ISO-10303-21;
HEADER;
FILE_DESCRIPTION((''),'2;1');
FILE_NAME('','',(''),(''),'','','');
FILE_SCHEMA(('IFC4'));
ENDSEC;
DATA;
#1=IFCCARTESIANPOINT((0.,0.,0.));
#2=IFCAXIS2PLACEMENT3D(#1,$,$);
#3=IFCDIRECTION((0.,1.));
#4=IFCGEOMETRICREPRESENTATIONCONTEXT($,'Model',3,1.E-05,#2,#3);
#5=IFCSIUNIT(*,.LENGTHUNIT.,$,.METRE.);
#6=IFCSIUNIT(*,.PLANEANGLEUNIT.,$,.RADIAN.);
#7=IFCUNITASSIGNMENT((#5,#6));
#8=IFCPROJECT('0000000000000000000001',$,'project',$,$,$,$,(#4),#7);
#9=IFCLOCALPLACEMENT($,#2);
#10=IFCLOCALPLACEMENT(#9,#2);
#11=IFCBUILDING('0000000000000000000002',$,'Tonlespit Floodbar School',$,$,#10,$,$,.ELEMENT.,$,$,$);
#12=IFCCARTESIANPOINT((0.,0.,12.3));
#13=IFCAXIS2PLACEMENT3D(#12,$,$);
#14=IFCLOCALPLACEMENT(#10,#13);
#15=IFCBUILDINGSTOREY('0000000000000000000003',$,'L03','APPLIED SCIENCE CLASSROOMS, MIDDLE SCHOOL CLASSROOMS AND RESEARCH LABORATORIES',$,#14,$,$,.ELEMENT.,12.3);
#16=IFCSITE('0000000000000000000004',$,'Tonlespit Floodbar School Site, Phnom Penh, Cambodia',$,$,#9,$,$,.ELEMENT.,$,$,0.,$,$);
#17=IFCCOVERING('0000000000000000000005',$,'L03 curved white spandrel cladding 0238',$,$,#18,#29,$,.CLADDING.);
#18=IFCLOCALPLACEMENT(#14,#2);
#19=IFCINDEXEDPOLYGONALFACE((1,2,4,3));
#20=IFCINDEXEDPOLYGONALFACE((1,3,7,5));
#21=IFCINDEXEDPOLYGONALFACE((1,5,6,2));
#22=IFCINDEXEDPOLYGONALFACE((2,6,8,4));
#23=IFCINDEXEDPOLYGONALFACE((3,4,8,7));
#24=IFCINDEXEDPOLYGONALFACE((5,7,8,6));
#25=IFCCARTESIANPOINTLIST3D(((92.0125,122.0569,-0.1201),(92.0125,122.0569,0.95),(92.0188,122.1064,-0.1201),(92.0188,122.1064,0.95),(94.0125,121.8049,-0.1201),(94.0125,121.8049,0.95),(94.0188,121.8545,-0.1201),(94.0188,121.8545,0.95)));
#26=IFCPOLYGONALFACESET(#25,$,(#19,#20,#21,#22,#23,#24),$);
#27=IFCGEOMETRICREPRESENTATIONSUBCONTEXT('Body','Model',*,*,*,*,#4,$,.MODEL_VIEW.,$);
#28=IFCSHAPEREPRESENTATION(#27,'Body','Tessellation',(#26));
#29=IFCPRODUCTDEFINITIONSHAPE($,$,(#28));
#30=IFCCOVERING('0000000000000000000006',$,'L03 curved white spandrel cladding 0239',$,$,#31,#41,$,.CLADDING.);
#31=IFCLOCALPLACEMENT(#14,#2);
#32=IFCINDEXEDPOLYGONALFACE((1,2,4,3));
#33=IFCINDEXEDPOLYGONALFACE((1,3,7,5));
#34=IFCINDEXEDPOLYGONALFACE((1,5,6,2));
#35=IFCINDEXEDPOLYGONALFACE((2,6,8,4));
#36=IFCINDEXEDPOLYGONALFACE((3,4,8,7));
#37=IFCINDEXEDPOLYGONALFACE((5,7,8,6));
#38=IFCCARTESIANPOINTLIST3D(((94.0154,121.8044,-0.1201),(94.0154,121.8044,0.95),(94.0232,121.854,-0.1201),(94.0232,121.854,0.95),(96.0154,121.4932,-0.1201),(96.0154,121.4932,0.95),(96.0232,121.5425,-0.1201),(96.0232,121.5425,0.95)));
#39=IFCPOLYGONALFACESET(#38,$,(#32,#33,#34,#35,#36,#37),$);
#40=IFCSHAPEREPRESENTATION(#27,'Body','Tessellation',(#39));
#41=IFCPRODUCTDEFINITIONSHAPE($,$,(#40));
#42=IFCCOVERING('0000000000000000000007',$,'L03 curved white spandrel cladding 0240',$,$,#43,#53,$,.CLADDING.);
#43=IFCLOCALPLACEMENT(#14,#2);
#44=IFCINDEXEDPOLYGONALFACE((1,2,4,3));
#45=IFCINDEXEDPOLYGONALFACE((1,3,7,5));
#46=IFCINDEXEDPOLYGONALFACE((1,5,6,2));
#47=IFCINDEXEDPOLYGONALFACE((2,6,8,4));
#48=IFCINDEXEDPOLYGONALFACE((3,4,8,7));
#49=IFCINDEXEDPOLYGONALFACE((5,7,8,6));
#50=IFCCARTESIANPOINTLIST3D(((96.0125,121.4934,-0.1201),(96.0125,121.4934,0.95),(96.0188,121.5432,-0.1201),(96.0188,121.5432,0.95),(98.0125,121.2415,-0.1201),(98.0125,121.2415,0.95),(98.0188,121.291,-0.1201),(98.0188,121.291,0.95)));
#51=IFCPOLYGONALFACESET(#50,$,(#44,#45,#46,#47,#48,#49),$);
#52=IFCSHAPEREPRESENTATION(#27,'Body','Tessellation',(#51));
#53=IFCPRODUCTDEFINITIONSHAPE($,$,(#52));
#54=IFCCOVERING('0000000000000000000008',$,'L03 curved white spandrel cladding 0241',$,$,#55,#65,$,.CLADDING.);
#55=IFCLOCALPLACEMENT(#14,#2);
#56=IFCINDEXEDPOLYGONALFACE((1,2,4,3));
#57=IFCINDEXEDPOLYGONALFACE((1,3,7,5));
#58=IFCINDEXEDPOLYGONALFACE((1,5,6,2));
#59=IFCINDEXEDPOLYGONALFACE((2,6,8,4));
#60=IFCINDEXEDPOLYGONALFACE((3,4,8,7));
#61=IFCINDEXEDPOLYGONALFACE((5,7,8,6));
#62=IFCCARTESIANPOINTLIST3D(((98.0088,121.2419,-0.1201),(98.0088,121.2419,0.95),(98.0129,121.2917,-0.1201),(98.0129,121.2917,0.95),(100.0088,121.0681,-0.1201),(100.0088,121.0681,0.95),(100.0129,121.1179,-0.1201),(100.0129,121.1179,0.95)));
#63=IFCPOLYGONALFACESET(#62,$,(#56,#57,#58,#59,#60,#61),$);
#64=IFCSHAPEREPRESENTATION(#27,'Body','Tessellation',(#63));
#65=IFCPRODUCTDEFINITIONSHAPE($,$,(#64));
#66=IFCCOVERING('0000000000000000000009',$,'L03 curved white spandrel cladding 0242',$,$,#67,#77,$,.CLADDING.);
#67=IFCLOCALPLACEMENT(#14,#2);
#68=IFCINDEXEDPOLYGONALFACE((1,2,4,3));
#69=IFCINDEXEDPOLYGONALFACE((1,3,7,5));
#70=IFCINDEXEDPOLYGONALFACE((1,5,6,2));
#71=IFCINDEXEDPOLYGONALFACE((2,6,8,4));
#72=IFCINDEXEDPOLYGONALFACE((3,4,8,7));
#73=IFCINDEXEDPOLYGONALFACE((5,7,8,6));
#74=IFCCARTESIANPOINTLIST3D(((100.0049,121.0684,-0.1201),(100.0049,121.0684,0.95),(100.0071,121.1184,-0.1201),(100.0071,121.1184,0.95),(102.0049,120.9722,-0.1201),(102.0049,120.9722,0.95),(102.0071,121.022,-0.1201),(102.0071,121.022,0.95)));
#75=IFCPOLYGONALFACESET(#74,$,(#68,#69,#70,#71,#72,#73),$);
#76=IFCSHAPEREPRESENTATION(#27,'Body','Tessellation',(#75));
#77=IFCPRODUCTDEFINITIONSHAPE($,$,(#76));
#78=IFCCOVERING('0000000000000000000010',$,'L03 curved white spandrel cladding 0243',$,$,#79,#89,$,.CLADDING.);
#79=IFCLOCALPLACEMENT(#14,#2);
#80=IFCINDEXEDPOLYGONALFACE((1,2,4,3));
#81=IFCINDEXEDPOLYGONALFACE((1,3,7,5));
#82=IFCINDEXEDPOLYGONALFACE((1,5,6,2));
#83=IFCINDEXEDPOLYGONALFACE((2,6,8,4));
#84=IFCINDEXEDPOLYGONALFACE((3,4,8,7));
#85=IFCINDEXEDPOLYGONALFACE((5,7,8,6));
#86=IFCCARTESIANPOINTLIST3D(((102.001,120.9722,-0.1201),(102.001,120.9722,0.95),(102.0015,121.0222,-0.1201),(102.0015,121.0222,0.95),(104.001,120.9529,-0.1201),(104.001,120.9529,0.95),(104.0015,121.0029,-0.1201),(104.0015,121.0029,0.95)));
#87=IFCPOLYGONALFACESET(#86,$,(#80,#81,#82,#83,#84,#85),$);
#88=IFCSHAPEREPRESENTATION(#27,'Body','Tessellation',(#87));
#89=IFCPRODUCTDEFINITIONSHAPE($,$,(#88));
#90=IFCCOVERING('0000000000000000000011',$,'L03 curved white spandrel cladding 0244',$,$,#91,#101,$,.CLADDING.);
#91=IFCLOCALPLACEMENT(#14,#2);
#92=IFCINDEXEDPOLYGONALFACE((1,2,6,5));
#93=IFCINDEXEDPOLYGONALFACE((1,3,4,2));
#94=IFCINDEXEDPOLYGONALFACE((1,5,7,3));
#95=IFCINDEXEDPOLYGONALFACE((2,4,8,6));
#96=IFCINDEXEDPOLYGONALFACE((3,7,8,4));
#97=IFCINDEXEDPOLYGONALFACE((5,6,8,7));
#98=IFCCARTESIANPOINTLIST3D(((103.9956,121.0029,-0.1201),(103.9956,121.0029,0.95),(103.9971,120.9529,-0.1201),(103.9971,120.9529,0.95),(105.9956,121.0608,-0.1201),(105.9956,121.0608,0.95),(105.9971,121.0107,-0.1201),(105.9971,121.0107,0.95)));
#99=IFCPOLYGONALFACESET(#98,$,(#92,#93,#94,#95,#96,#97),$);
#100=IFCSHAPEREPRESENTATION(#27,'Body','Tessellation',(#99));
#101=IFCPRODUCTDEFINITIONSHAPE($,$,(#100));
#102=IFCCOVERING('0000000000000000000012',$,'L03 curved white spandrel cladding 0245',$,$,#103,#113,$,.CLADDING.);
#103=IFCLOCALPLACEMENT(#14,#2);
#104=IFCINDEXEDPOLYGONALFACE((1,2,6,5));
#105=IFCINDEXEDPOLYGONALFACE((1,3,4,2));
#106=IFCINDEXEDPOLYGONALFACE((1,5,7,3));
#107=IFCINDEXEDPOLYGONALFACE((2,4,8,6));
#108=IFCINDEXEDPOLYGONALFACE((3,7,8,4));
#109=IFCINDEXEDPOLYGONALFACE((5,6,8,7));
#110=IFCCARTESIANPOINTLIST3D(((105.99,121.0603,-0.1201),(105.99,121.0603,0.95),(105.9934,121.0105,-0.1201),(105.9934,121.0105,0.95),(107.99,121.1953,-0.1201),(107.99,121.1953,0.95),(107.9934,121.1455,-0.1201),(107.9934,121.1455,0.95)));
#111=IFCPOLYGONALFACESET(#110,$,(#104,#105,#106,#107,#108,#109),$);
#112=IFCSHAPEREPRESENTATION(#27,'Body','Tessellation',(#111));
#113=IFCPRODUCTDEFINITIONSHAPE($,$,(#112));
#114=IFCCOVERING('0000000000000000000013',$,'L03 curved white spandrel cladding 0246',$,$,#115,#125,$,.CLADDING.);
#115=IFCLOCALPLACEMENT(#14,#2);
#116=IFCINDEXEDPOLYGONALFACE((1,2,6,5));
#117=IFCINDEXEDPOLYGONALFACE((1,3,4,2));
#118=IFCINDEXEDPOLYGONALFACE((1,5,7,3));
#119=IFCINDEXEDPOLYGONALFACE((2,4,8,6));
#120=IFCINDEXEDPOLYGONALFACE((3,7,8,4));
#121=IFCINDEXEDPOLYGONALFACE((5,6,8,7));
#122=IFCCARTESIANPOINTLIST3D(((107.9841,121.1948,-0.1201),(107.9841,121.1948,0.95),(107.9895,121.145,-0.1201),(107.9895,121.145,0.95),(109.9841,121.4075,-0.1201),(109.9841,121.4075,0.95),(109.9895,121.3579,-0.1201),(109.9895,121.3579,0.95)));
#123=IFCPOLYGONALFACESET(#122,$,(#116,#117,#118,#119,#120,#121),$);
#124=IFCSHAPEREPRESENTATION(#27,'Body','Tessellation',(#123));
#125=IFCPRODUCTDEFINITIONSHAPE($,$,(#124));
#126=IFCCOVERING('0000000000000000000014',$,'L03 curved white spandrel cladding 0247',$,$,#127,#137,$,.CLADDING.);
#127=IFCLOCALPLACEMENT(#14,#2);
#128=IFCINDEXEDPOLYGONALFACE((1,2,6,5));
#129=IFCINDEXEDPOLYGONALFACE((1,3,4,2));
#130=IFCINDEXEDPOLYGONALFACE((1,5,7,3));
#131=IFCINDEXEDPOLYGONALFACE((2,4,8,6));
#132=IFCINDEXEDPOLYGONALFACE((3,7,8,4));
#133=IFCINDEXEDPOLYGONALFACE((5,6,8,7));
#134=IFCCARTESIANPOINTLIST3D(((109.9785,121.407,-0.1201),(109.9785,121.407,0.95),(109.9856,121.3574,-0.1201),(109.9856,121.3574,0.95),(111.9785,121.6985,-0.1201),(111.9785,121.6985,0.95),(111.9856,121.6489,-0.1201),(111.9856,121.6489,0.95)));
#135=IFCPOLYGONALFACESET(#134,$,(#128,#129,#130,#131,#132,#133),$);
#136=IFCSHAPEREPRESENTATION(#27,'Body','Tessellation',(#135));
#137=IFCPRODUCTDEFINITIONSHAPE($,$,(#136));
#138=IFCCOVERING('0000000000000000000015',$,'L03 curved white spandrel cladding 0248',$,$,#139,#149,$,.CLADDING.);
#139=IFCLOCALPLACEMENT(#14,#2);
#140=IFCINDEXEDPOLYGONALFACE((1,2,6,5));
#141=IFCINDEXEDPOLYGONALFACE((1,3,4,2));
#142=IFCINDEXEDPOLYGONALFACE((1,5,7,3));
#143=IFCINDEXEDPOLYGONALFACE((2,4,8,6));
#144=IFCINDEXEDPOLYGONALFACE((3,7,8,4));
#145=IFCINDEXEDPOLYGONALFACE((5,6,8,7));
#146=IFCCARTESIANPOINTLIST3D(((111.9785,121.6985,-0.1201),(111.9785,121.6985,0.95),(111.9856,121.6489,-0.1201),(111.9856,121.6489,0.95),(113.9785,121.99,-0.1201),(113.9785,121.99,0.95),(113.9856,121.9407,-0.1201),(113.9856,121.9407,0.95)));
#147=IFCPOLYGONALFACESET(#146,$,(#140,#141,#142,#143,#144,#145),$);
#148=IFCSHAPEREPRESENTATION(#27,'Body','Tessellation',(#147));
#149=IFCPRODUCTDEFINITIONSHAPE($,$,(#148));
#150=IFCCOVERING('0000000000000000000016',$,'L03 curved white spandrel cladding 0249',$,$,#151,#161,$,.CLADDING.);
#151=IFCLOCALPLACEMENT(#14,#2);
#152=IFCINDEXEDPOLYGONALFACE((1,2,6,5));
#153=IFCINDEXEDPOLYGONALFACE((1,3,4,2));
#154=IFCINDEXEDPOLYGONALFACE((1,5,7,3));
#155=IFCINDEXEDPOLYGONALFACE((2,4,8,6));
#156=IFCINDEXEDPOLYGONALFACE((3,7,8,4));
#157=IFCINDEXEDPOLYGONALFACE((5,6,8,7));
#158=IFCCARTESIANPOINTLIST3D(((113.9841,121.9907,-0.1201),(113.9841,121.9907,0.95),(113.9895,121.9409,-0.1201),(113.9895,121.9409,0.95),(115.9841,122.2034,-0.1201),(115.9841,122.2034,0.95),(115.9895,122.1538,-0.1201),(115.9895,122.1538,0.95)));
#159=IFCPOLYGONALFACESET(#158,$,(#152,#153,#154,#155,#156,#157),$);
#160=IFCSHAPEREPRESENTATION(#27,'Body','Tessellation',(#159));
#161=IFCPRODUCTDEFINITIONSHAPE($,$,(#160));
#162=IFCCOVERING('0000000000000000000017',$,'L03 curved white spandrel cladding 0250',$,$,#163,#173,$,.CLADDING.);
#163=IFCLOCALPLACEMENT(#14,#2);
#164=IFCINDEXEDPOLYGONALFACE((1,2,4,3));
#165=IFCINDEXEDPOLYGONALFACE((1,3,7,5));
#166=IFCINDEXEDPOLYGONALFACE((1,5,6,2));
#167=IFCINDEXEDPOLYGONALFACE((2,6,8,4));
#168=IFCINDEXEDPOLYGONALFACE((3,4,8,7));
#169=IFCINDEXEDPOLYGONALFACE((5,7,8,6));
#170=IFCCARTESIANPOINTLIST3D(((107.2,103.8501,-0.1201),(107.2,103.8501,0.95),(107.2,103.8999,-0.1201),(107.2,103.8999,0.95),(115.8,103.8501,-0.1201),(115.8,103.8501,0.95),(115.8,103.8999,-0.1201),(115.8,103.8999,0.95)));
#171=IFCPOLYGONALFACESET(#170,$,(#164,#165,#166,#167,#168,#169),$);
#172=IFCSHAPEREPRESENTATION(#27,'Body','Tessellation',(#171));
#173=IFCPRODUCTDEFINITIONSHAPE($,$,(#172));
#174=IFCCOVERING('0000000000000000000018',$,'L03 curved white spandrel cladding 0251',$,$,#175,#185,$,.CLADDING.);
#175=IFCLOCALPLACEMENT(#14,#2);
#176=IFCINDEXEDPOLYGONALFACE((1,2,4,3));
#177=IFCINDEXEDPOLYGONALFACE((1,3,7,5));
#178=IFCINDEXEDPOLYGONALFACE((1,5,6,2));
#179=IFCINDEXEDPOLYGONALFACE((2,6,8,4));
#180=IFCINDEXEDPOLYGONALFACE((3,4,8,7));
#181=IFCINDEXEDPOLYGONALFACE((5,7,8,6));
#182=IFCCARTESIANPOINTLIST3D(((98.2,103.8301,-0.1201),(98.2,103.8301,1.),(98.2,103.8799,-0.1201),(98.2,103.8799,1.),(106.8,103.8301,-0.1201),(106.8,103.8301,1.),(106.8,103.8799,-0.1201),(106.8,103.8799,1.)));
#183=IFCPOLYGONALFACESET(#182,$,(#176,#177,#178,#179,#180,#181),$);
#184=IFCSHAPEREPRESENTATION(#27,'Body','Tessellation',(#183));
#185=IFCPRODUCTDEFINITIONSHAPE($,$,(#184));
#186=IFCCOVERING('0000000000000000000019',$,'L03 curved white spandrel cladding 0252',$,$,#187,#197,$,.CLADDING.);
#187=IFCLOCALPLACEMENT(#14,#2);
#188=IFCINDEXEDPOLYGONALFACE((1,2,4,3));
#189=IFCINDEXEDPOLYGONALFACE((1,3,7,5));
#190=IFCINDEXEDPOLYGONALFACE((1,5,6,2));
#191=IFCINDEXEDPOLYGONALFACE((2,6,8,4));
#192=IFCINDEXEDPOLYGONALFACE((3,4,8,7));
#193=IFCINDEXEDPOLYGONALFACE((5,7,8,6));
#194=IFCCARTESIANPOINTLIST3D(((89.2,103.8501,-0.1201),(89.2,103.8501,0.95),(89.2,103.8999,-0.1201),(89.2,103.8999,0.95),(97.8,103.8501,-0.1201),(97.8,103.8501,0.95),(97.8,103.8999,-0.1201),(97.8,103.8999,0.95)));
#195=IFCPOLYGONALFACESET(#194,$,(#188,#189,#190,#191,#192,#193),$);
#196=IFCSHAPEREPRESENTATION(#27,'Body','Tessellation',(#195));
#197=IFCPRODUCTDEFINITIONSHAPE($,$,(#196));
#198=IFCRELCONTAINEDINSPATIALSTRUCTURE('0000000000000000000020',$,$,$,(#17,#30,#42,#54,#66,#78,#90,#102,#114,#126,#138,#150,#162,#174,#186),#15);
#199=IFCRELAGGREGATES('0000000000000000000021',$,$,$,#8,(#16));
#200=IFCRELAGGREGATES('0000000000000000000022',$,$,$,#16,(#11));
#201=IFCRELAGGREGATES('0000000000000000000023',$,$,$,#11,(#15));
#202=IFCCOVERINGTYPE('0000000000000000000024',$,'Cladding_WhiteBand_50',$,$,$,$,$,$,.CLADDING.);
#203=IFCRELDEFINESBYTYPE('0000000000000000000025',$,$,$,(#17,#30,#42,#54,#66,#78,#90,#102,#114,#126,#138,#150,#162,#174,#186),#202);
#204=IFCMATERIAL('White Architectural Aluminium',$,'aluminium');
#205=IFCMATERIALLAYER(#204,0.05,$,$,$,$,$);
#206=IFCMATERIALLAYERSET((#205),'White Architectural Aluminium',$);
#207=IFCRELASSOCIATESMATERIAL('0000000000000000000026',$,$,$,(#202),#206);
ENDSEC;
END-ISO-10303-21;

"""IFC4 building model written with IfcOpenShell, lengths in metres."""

from ifc_helpers import new_model, si_unit, direction, frame, origin, place, context, subcontext, project, spatial, polyline, outline, extrude, material, layer, layer_set, type_object, element, save


model = new_model("IFC4")

# Units and contexts
model_context = context("Model", 3, precision=1e-05, world=origin(), true_north=direction((0.0, 1.0)))
body_context = subcontext(model_context, "Body", "Model", "MODEL_VIEW")
ifc_project = project(units=[si_unit("LENGTHUNIT", "METRE"), si_unit("PLANEANGLEUNIT", "RADIAN")], contexts=[model_context])

# Site, building, storey
site_placement = place(None, origin())
site = spatial("IfcSite", under=ifc_project, at=site_placement, Name="Tonlespit Floodbar School Site, Phnom Penh, Cambodia", CompositionType="ELEMENT", RefElevation=0.0)
building_placement = place(site_placement, origin())
building = spatial("IfcBuilding", under=site, at=building_placement, Name="Tonlespit Floodbar School", CompositionType="ELEMENT")
storey_placement = place(building_placement, frame((0.0, 0.0, 12.3)))
storey = spatial("IfcBuildingStorey", under=building, at=storey_placement, Name="L03", Description="APPLIED SCIENCE CLASSROOMS, MIDDLE SCHOOL CLASSROOMS AND RESEARCH LABORATORIES", CompositionType="ELEMENT", Elevation=12.3)

# Coverings
ifc_material = material(Name="White Architectural Aluminium", Category="aluminium")
ifc_layer = layer(ifc_material, 0.05)
ifc_layer_set = layer_set([ifc_layer], Name="White Architectural Aluminium")
covering_type = type_object("IfcCoveringType", Name="Cladding_WhiteBand_50", PredefinedType="CLADDING", material=ifc_layer_set)
covering_1_placement = place(storey_placement, frame((0.0, 0.0, -0.1201)))
element("IfcCovering", 1, at=covering_1_placement, inside=storey, type_object=covering_type, Name="L03 curved white spandrel cladding 0238", PredefinedType="CLADDING", context=body_context, shape_type="SweptSolid", body=[
    extrude(outline(polyline([(92.0125, 122.0569), (94.0125, 121.8049), (94.0188, 121.8545), (92.0188, 122.1064), (92.0125, 122.0569)])), origin(), (0.0, 0.0, 1.0), 1.0701),
])
covering_2_placement = place(storey_placement, frame((0.0, 0.0, -0.1201)))
element("IfcCovering", 2, at=covering_2_placement, inside=storey, type_object=covering_type, Name="L03 curved white spandrel cladding 0239", PredefinedType="CLADDING", context=body_context, shape_type="SweptSolid", body=[
    extrude(outline(polyline([(94.0154, 121.8044), (96.0154, 121.4932), (96.0232, 121.5425), (94.0232, 121.854), (94.0154, 121.8044)])), origin(), (0.0, 0.0, 1.0), 1.0701),
])
covering_3_placement = place(storey_placement, frame((0.0, 0.0, -0.1201)))
element("IfcCovering", 3, at=covering_3_placement, inside=storey, type_object=covering_type, Name="L03 curved white spandrel cladding 0240", PredefinedType="CLADDING", context=body_context, shape_type="SweptSolid", body=[
    extrude(outline(polyline([(96.0125, 121.4934), (98.0125, 121.2415), (98.0188, 121.291), (96.0188, 121.5432), (96.0125, 121.4934)])), origin(), (0.0, 0.0, 1.0), 1.0701),
])
covering_4_placement = place(storey_placement, frame((0.0, 0.0, -0.1201)))
element("IfcCovering", 4, at=covering_4_placement, inside=storey, type_object=covering_type, Name="L03 curved white spandrel cladding 0241", PredefinedType="CLADDING", context=body_context, shape_type="SweptSolid", body=[
    extrude(outline(polyline([(98.0088, 121.2419), (100.0088, 121.0681), (100.0129, 121.1179), (98.0129, 121.2917), (98.0088, 121.2419)])), origin(), (0.0, 0.0, 1.0), 1.0701),
])
covering_5_placement = place(storey_placement, frame((0.0, 0.0, -0.1201)))
element("IfcCovering", 5, at=covering_5_placement, inside=storey, type_object=covering_type, Name="L03 curved white spandrel cladding 0242", PredefinedType="CLADDING", context=body_context, shape_type="SweptSolid", body=[
    extrude(outline(polyline([(100.0049, 121.0684), (102.0049, 120.9722), (102.0071, 121.022), (100.0071, 121.1184), (100.0049, 121.0684)])), origin(), (0.0, 0.0, 1.0), 1.0701),
])
covering_6_placement = place(storey_placement, frame((0.0, 0.0, -0.1201)))
element("IfcCovering", 6, at=covering_6_placement, inside=storey, type_object=covering_type, Name="L03 curved white spandrel cladding 0243", PredefinedType="CLADDING", context=body_context, shape_type="SweptSolid", body=[
    extrude(outline(polyline([(102.001, 120.9722), (104.001, 120.9529), (104.0015, 121.0029), (102.0015, 121.0222), (102.001, 120.9722)])), origin(), (0.0, 0.0, 1.0), 1.0701),
])
covering_7_placement = place(storey_placement, frame((0.0, 0.0, -0.1201)))
element("IfcCovering", 7, at=covering_7_placement, inside=storey, type_object=covering_type, Name="L03 curved white spandrel cladding 0244", PredefinedType="CLADDING", context=body_context, shape_type="SweptSolid", body=[
    extrude(outline(polyline([(103.9971, 120.9529), (105.9971, 121.0107), (105.9956, 121.0608), (103.9956, 121.0029), (103.9971, 120.9529)])), origin(), (0.0, 0.0, 1.0), 1.0701),
])
covering_8_placement = place(storey_placement, frame((0.0, 0.0, -0.1201)))
element("IfcCovering", 8, at=covering_8_placement, inside=storey, type_object=covering_type, Name="L03 curved white spandrel cladding 0245", PredefinedType="CLADDING", context=body_context, shape_type="SweptSolid", body=[
    extrude(outline(polyline([(105.9934, 121.0105), (107.9934, 121.1455), (107.99, 121.1953), (105.99, 121.0603), (105.9934, 121.0105)])), origin(), (0.0, 0.0, 1.0), 1.0701),
])
covering_9_placement = place(storey_placement, frame((0.0, 0.0, -0.1201)))
element("IfcCovering", 9, at=covering_9_placement, inside=storey, type_object=covering_type, Name="L03 curved white spandrel cladding 0246", PredefinedType="CLADDING", context=body_context, shape_type="SweptSolid", body=[
    extrude(outline(polyline([(107.9895, 121.145), (109.9895, 121.3579), (109.9841, 121.4075), (107.9841, 121.1948), (107.9895, 121.145)])), origin(), (0.0, 0.0, 1.0), 1.0701),
])
covering_10_placement = place(storey_placement, frame((0.0, 0.0, -0.1201)))
element("IfcCovering", 10, at=covering_10_placement, inside=storey, type_object=covering_type, Name="L03 curved white spandrel cladding 0247", PredefinedType="CLADDING", context=body_context, shape_type="SweptSolid", body=[
    extrude(outline(polyline([(109.9856, 121.3574), (111.9856, 121.6489), (111.9785, 121.6985), (109.9785, 121.407), (109.9856, 121.3574)])), origin(), (0.0, 0.0, 1.0), 1.0701),
])
covering_11_placement = place(storey_placement, frame((0.0, 0.0, -0.1201)))
element("IfcCovering", 11, at=covering_11_placement, inside=storey, type_object=covering_type, Name="L03 curved white spandrel cladding 0248", PredefinedType="CLADDING", context=body_context, shape_type="SweptSolid", body=[
    extrude(outline(polyline([(111.9856, 121.6489), (113.9856, 121.9407), (113.9785, 121.99), (111.9785, 121.6985), (111.9856, 121.6489)])), origin(), (0.0, 0.0, 1.0), 1.0701),
])
covering_12_placement = place(storey_placement, frame((0.0, 0.0, -0.1201)))
element("IfcCovering", 12, at=covering_12_placement, inside=storey, type_object=covering_type, Name="L03 curved white spandrel cladding 0249", PredefinedType="CLADDING", context=body_context, shape_type="SweptSolid", body=[
    extrude(outline(polyline([(113.9895, 121.9409), (115.9895, 122.1538), (115.9841, 122.2034), (113.9841, 121.9907), (113.9895, 121.9409)])), origin(), (0.0, 0.0, 1.0), 1.0701),
])
covering_13_placement = place(storey_placement, frame((0.0, 0.0, -0.1201)))
element("IfcCovering", 13, at=covering_13_placement, inside=storey, type_object=covering_type, Name="L03 curved white spandrel cladding 0250", PredefinedType="CLADDING", context=body_context, shape_type="SweptSolid", body=[
    extrude(outline(polyline([(115.8, 103.8999), (107.2, 103.8999), (107.2, 103.8501), (115.8, 103.8501), (115.8, 103.8999)])), origin(), (0.0, 0.0, 1.0), 1.0701),
])
covering_14_placement = place(storey_placement, frame((0.0, 0.0, -0.1201)))
element("IfcCovering", 14, at=covering_14_placement, inside=storey, type_object=covering_type, Name="L03 curved white spandrel cladding 0251", PredefinedType="CLADDING", context=body_context, shape_type="SweptSolid", body=[
    extrude(outline(polyline([(106.8, 103.8799), (98.2, 103.8799), (98.2, 103.8301), (106.8, 103.8301), (106.8, 103.8799)])), origin(), (0.0, 0.0, 1.0), 1.1201),
])
covering_15_placement = place(storey_placement, frame((0.0, 0.0, -0.1201)))
element("IfcCovering", 15, at=covering_15_placement, inside=storey, type_object=covering_type, Name="L03 curved white spandrel cladding 0252", PredefinedType="CLADDING", context=body_context, shape_type="SweptSolid", body=[
    extrude(outline(polyline([(97.8, 103.8999), (89.2, 103.8999), (89.2, 103.8501), (97.8, 103.8501), (97.8, 103.8999)])), origin(), (0.0, 0.0, 1.0), 1.0701),
])

save(model, "model.ifc")
